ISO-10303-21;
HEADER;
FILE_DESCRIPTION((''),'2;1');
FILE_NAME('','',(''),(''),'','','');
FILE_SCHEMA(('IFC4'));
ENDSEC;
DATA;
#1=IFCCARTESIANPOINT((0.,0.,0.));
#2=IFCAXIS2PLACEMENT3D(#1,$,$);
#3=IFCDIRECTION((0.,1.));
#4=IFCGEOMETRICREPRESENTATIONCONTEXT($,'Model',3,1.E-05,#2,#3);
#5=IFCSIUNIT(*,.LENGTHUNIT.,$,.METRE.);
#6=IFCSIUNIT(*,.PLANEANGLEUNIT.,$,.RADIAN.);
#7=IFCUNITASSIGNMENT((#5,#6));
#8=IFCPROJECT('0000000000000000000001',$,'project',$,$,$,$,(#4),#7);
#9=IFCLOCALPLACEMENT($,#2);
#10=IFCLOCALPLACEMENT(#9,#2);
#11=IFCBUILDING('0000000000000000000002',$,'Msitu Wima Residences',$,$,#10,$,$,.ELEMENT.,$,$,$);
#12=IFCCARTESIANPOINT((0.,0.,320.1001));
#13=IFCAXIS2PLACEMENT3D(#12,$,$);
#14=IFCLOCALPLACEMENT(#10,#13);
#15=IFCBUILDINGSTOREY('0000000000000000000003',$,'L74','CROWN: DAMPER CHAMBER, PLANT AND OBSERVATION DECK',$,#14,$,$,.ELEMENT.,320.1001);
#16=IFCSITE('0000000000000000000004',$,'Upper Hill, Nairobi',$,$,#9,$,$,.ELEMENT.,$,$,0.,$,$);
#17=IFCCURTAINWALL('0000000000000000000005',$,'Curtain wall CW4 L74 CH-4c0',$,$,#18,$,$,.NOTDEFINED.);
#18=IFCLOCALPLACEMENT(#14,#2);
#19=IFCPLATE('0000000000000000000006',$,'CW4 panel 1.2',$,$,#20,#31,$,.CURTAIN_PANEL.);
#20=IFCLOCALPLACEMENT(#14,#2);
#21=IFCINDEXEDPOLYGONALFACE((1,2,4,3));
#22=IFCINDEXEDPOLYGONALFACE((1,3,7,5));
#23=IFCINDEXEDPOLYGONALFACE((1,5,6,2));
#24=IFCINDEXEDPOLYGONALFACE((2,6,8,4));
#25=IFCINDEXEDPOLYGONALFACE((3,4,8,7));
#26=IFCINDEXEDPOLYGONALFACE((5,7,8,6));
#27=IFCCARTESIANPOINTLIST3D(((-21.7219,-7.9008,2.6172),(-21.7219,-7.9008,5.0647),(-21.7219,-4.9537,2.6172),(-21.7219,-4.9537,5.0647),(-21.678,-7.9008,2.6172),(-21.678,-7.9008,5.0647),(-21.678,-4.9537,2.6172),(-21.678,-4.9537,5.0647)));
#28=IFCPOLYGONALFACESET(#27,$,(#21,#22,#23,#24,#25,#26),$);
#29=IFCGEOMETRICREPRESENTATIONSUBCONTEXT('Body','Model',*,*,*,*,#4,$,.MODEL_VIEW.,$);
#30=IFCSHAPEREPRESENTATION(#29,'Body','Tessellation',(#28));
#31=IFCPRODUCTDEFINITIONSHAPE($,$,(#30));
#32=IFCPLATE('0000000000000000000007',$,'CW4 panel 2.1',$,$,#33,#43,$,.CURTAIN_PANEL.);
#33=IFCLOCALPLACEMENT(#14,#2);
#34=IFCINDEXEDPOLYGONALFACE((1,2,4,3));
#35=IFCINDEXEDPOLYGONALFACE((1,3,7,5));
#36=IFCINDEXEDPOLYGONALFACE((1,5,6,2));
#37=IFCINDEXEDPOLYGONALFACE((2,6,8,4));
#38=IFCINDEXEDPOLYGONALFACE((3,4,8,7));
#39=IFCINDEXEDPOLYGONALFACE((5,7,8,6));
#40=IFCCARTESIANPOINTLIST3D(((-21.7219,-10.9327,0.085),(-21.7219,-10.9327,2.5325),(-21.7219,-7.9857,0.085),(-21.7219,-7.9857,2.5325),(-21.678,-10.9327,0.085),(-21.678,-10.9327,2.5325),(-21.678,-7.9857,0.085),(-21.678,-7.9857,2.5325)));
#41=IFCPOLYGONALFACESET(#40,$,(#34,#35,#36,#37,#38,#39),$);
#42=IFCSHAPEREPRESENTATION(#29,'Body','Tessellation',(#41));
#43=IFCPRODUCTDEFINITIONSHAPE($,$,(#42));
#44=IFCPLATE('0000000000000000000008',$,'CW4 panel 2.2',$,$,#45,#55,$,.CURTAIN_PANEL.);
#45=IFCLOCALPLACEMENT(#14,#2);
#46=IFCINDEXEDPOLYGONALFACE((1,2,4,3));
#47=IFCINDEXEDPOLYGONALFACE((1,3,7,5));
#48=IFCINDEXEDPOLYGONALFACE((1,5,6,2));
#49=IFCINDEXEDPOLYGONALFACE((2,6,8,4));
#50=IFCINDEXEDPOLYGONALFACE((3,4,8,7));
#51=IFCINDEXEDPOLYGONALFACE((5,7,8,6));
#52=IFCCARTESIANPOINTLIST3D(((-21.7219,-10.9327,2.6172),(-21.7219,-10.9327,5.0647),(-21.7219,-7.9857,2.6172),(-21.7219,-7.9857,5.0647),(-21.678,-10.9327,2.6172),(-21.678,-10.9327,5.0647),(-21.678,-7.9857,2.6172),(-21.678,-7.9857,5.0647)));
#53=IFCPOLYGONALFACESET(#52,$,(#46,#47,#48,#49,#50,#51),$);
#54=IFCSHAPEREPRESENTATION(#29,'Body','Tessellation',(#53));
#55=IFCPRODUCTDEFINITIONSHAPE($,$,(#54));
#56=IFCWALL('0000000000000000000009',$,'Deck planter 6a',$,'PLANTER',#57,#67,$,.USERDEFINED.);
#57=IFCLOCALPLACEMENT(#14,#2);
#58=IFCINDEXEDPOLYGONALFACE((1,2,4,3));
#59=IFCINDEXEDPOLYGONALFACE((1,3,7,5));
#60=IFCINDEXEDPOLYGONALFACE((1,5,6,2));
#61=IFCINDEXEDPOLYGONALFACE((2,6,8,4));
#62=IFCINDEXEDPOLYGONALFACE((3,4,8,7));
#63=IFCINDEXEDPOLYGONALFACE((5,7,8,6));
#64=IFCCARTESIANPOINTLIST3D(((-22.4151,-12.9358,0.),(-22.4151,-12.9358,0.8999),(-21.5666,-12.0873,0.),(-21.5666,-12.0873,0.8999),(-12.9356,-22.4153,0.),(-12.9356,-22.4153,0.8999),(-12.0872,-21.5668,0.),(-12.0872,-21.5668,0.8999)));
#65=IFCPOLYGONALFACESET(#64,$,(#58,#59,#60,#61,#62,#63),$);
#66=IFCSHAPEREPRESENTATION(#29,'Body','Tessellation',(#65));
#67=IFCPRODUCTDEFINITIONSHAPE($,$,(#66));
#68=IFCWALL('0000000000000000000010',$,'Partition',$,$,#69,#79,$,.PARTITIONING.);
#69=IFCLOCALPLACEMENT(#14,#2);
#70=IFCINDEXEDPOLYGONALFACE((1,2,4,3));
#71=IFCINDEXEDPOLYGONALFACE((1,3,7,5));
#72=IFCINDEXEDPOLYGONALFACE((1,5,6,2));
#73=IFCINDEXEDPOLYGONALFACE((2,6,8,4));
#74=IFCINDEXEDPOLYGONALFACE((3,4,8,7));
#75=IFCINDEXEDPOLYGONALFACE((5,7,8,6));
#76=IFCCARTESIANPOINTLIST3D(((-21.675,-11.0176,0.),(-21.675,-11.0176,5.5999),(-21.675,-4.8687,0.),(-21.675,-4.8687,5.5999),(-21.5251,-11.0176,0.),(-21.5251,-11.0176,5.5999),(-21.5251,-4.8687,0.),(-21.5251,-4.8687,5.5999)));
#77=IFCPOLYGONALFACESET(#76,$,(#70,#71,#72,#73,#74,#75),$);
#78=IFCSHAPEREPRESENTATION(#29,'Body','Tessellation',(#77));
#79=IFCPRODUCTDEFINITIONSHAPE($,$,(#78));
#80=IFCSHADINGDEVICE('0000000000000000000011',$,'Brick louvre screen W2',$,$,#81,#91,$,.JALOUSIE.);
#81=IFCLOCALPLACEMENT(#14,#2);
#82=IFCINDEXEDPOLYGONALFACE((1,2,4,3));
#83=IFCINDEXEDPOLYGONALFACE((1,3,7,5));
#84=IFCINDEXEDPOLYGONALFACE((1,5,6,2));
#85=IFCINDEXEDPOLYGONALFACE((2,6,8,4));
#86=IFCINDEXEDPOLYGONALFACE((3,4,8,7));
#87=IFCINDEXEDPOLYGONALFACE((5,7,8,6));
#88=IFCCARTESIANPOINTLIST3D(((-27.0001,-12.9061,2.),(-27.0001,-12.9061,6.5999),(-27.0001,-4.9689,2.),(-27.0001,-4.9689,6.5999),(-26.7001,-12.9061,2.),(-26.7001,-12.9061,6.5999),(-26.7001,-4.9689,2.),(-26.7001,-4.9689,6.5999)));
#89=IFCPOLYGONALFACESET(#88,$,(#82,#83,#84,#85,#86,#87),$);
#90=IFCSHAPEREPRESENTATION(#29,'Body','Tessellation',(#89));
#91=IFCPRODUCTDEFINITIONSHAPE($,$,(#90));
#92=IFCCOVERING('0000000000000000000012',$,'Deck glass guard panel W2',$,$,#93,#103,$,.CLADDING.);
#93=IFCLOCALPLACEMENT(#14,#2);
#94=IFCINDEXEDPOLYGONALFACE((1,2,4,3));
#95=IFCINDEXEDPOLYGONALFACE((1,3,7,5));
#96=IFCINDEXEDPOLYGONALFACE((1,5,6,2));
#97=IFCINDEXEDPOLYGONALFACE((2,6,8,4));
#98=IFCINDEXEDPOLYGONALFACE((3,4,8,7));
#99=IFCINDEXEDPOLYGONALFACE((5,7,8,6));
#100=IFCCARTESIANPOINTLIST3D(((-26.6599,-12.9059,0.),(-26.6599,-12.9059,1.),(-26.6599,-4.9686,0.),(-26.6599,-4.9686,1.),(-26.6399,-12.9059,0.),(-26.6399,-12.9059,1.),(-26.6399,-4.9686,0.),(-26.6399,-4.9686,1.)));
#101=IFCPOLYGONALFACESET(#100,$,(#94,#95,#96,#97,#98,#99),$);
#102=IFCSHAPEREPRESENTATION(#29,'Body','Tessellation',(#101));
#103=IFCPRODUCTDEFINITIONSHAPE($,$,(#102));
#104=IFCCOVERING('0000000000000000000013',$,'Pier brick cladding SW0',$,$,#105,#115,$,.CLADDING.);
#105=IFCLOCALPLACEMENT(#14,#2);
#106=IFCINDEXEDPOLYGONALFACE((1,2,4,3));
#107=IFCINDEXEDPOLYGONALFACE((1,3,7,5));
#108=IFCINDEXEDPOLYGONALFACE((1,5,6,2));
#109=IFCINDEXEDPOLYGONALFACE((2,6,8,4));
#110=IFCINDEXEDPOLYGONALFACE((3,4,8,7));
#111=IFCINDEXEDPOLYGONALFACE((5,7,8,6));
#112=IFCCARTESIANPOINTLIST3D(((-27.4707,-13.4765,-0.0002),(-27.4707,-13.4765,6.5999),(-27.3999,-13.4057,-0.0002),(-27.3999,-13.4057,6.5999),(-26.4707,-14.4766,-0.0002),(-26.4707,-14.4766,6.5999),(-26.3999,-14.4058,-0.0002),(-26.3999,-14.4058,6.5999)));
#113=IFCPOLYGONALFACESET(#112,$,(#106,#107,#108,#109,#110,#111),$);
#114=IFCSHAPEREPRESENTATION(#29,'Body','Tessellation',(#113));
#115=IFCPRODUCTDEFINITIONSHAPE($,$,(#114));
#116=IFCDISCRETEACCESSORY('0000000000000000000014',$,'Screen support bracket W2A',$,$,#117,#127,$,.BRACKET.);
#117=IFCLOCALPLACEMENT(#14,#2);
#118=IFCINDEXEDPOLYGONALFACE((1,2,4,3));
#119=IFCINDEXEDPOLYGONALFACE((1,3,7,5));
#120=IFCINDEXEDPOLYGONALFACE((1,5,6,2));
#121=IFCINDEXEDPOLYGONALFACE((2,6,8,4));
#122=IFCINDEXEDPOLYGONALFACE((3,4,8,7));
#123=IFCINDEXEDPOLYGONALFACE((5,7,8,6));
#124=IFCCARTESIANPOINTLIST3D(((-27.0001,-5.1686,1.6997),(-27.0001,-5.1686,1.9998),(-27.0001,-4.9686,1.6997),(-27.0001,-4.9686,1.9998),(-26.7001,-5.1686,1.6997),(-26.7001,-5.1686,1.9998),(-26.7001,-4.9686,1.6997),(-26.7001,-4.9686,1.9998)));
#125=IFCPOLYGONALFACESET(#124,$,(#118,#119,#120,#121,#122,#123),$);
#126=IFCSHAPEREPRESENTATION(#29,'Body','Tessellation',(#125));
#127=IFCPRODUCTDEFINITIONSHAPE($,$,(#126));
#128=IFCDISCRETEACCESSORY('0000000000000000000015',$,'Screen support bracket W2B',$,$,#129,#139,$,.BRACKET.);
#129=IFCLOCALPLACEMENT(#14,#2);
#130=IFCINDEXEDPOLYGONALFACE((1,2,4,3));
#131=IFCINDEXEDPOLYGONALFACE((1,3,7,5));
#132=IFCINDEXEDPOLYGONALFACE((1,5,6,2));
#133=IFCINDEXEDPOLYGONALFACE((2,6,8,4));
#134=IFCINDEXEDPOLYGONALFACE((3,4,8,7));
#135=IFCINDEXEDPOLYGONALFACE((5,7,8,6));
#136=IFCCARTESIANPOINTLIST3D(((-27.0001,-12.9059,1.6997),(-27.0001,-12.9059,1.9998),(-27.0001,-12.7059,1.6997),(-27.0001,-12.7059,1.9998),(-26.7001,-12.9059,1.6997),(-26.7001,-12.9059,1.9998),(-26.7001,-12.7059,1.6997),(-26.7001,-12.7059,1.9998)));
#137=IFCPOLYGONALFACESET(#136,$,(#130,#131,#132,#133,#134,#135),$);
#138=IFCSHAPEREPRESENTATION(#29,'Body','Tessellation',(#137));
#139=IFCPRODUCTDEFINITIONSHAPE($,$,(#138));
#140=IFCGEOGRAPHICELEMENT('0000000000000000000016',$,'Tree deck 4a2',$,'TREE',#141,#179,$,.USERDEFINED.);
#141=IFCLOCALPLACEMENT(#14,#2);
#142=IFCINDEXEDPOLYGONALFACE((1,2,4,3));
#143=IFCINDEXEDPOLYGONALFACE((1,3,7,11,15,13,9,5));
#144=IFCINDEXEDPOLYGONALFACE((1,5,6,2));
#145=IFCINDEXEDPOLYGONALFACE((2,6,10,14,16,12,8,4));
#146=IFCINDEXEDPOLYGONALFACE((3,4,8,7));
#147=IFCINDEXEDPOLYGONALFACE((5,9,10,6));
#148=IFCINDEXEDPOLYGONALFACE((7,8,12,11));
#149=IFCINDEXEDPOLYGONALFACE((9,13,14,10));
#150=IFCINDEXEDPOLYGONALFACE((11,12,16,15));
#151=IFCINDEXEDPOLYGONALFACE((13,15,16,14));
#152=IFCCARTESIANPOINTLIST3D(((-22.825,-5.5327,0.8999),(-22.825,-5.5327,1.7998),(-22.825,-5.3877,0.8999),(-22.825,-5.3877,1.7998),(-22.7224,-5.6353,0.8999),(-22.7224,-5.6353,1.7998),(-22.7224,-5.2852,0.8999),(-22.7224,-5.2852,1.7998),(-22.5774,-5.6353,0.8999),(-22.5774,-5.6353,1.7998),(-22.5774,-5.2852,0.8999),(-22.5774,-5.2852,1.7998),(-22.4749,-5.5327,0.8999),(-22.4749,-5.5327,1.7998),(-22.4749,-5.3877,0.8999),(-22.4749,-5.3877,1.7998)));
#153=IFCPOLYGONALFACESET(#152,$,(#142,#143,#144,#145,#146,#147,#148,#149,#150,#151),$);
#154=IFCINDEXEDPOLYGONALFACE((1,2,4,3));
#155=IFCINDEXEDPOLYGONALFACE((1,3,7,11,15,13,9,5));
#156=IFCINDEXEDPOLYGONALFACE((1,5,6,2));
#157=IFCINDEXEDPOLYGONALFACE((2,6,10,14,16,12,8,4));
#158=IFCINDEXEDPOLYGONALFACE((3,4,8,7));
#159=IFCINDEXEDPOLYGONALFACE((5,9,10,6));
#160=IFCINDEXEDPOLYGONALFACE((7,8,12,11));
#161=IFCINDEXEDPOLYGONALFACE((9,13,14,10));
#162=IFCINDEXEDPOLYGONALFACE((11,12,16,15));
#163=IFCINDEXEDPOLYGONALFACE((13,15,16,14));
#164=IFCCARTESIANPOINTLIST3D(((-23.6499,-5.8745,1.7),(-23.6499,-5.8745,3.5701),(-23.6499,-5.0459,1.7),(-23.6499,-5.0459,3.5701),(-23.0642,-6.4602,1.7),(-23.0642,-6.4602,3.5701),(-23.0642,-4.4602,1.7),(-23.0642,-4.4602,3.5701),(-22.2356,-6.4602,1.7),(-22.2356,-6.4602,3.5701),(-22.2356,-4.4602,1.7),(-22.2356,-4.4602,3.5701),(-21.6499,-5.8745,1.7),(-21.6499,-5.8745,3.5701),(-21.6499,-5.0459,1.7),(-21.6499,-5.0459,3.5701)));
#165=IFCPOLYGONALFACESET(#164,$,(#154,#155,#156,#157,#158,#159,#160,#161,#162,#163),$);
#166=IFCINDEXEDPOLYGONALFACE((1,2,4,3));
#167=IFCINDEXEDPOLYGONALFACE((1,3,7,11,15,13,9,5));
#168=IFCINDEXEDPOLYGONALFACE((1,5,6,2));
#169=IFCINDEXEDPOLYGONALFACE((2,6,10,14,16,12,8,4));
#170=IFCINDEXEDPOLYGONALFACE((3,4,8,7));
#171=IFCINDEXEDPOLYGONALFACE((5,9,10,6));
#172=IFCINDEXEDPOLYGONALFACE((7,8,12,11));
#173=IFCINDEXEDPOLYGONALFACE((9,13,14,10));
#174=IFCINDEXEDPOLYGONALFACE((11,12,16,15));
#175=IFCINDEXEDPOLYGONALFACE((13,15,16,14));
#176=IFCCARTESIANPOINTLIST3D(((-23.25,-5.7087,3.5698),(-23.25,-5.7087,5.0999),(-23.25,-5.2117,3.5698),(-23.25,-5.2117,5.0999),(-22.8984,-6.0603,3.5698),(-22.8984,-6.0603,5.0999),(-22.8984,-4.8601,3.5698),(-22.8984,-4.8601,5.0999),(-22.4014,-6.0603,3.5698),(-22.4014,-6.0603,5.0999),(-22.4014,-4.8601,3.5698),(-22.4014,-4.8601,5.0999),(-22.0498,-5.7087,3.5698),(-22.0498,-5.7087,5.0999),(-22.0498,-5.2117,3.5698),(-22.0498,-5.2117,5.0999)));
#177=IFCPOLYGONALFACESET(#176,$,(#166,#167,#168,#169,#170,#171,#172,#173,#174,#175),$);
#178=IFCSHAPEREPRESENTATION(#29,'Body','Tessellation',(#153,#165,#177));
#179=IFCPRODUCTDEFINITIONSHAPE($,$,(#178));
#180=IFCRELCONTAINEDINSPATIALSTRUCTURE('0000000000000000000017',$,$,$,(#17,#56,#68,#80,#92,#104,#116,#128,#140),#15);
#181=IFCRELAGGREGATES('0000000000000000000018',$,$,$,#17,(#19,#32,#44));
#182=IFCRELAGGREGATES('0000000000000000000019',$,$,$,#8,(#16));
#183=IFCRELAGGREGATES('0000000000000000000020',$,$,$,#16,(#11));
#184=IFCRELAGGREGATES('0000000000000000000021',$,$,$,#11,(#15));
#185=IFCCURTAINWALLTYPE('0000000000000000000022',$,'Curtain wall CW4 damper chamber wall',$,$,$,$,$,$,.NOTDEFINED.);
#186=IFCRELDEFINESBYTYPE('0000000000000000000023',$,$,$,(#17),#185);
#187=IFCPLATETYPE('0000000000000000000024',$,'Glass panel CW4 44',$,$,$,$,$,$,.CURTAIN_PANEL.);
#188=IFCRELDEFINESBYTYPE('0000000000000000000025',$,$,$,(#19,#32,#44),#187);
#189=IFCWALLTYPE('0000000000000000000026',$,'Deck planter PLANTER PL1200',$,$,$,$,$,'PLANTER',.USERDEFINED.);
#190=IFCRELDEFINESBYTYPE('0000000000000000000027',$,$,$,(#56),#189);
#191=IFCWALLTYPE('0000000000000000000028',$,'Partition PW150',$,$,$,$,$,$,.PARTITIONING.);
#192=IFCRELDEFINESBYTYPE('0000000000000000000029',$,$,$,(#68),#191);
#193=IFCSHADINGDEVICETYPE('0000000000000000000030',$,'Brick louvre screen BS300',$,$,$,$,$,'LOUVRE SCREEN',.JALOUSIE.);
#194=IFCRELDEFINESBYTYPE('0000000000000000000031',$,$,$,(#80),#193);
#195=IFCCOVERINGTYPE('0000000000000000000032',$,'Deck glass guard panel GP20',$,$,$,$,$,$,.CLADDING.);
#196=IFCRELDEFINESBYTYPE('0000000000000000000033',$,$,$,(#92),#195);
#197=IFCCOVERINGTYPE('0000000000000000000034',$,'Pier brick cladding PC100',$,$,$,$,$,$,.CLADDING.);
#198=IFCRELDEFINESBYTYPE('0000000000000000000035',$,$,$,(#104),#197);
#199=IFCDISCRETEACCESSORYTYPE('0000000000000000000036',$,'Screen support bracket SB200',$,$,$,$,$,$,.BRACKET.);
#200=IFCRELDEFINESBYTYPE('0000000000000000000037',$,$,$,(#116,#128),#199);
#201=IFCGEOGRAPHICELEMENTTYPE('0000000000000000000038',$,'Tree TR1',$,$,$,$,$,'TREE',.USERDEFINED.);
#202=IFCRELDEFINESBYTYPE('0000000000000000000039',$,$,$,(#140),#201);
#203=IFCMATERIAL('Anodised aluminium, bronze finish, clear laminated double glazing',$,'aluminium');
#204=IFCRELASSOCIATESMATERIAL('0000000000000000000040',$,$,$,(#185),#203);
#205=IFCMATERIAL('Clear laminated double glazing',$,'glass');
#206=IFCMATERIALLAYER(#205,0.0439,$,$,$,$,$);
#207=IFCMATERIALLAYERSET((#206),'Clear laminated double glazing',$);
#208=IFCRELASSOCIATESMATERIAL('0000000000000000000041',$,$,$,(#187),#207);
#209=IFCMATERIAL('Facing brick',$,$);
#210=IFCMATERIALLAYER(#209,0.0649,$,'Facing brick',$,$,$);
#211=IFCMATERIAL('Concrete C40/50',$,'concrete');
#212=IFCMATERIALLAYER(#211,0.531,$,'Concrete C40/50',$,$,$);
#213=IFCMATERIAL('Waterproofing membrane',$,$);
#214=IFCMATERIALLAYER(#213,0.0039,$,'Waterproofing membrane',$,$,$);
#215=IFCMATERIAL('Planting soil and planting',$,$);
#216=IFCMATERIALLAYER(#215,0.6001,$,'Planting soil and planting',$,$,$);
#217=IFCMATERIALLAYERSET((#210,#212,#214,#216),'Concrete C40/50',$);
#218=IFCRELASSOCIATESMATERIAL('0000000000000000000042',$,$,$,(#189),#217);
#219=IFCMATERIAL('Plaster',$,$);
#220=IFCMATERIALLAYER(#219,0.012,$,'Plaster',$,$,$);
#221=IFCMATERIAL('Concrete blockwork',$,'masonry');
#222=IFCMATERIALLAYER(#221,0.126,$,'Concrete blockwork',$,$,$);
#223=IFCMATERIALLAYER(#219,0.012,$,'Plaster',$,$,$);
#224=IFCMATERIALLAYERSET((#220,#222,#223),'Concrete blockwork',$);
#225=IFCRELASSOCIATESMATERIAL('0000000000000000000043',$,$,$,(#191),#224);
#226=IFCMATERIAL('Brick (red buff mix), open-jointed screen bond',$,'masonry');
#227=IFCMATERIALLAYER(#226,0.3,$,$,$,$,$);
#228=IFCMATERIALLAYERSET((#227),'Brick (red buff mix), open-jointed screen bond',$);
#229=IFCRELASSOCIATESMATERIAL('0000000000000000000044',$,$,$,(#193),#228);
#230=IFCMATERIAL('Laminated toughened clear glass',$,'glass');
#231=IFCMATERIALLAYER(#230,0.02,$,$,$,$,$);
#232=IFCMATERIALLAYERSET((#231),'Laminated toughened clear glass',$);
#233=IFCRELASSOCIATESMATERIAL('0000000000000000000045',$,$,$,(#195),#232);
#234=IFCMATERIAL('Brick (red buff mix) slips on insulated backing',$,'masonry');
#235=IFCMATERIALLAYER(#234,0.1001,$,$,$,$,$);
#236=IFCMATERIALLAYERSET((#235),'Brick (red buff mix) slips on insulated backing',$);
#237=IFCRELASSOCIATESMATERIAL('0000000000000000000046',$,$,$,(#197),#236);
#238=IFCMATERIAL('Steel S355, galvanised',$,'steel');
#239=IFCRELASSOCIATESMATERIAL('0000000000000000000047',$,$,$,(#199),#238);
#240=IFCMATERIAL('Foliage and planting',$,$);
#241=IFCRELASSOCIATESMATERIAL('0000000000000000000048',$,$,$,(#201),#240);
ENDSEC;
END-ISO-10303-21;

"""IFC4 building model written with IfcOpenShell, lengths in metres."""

from ifc_helpers import new_model, si_unit, direction, frame, frame_2d, origin, origin_2d, place, context, subcontext, project, spatial, polyline, rectangle, outline, extrude, material, layer, layer_set, type_object, element, aggregate, save


model = new_model("IFC4")

# Units and contexts
model_context = context("Model", 3, precision=1e-05, world=origin(), true_north=direction((0.0, 1.0)))
body_context = subcontext(model_context, "Body", "Model", "MODEL_VIEW")
ifc_project = project(units=[si_unit("LENGTHUNIT", "METRE"), si_unit("PLANEANGLEUNIT", "RADIAN")], contexts=[model_context])

# Site, building, storey
site_placement = place(None, origin())
site = spatial("IfcSite", under=ifc_project, at=site_placement, Name="Upper Hill, Nairobi", CompositionType="ELEMENT", RefElevation=0.0)
building_placement = place(site_placement, origin())
building = spatial("IfcBuilding", under=site, at=building_placement, Name="Msitu Wima Residences", CompositionType="ELEMENT")
storey_placement = place(building_placement, frame((0.0, 0.0, 320.1001)))
storey = spatial("IfcBuildingStorey", under=building, at=storey_placement, Name="L74", Description="CROWN: DAMPER CHAMBER, PLANT AND OBSERVATION DECK", CompositionType="ELEMENT", Elevation=320.1001)

# Curtain wall, plates
ifc_material_1 = material(Name="Anodised aluminium, bronze finish, clear laminated double glazing", Category="aluminium")
curtain_wall_type = type_object("IfcCurtainWallType", Name="Curtain wall CW4 damper chamber wall", PredefinedType="NOTDEFINED", material=ifc_material_1)
curtain_wall_placement = place(storey_placement, origin())
curtain_wall = element("IfcCurtainWall", 1, at=curtain_wall_placement, inside=storey, type_object=curtain_wall_type, Name="Curtain wall CW4 L74 CH-4c0", PredefinedType="NOTDEFINED")
ifc_material_2 = material(Name="Clear laminated double glazing", Category="glass")
ifc_layer_1 = layer(ifc_material_2, 0.0439)
ifc_layer_set_1 = layer_set([ifc_layer_1], Name="Clear laminated double glazing")
plate_type = type_object("IfcPlateType", Name="Glass panel CW4 44", PredefinedType="CURTAIN_PANEL", material=ifc_layer_set_1)
plate_1_placement = place(storey_placement, frame((-21.7, -6.4272, 2.6172), z_axis=(0.0, 0.0, 1.0), x_axis=(0.0, -1.0, 0.0)))
plate_1 = element("IfcPlate", 2, at=plate_1_placement, type_object=plate_type, Name="CW4 panel 1.2", PredefinedType="CURTAIN_PANEL", context=body_context, shape_type="SweptSolid", body=[
    extrude(rectangle(XDim=2.947, YDim=0.0439, at=origin_2d()), origin(), (0.0, 0.0, 1.0), 2.4475),
])
plate_2_placement = place(storey_placement, frame((-21.7, -9.4592, 0.085), z_axis=(0.0, 0.0, 1.0), x_axis=(0.0, -1.0, 0.0)))
plate_2 = element("IfcPlate", 3, at=plate_2_placement, type_object=plate_type, Name="CW4 panel 2.1", PredefinedType="CURTAIN_PANEL", context=body_context, shape_type="SweptSolid", body=[
    extrude(rectangle(XDim=2.947, YDim=0.0439, at=origin_2d()), origin(), (0.0, 0.0, 1.0), 2.4475),
])
plate_3_placement = place(storey_placement, frame((-21.7, -9.4592, 2.6172), z_axis=(0.0, 0.0, 1.0), x_axis=(0.0, -1.0, 0.0)))
plate_3 = element("IfcPlate", 4, at=plate_3_placement, type_object=plate_type, Name="CW4 panel 2.2", PredefinedType="CURTAIN_PANEL", context=body_context, shape_type="SweptSolid", body=[
    extrude(rectangle(XDim=2.947, YDim=0.0439, at=origin_2d()), origin(), (0.0, 0.0, 1.0), 2.4475),
])
aggregate(curtain_wall, [plate_1, plate_2, plate_3])

# Walls
ifc_material_3 = material(Name="Facing brick")
ifc_layer_2 = layer(ifc_material_3, 0.0649, Name="Facing brick")
ifc_material_4 = material(Name="Concrete C40/50", Category="concrete")
ifc_layer_3 = layer(ifc_material_4, 0.531, Name="Concrete C40/50")
ifc_material_5 = material(Name="Waterproofing membrane")
ifc_layer_4 = layer(ifc_material_5, 0.0039, Name="Waterproofing membrane")
ifc_material_6 = material(Name="Planting soil and planting")
ifc_layer_5 = layer(ifc_material_6, 0.6001, Name="Planting soil and planting")
ifc_layer_set_2 = layer_set([ifc_layer_2, ifc_layer_3, ifc_layer_4, ifc_layer_5], Name="Concrete C40/50")
wall_type_1 = type_object("IfcWallType", Name="Deck planter PLANTER PL1200", ElementType="PLANTER", PredefinedType="USERDEFINED", material=ifc_layer_set_2)
wall_1_placement = place(storey_placement, frame((-21.991, -12.5115, 0.0), z_axis=(0.0, 0.0, 1.0), x_axis=(0.707107, -0.707107, 0.0)))
element("IfcWall", 5, at=wall_1_placement, inside=storey, type_object=wall_type_1, Name="Deck planter 6a", ObjectType="PLANTER", PredefinedType="USERDEFINED", context=body_context, shape_type="SweptSolid", body=[
    extrude(rectangle(XDim=13.406, YDim=1.2, at=frame_2d((6.7031, 0.0))), origin(), (0.0, 0.0, 1.0), 0.8999),
])
ifc_material_7 = material(Name="Plaster")
ifc_layer_6 = layer(ifc_material_7, 0.012, Name="Plaster")
ifc_material_8 = material(Name="Concrete blockwork", Category="masonry")
ifc_layer_7 = layer(ifc_material_8, 0.126, Name="Concrete blockwork")
ifc_layer_8 = layer(ifc_material_7, 0.012, Name="Plaster")
ifc_layer_set_3 = layer_set([ifc_layer_6, ifc_layer_7, ifc_layer_8], Name="Concrete blockwork")
wall_type_2 = type_object("IfcWallType", Name="Partition PW150", PredefinedType="PARTITIONING", material=ifc_layer_set_3)
wall_2_placement = place(storey_placement, frame((-21.6001, -11.0176, 0.0), z_axis=(0.0, 0.0, 1.0), x_axis=(0.0, 1.0, 0.0)))
element("IfcWall", 6, at=wall_2_placement, inside=storey, type_object=wall_type_2, Name="Partition", PredefinedType="PARTITIONING", context=body_context, shape_type="SweptSolid", body=[
    extrude(rectangle(XDim=6.1489, YDim=0.1499, at=frame_2d((3.0745, 0.0))), origin(), (0.0, 0.0, 1.0), 5.5999),
])

# Shading device
ifc_material_9 = material(Name="Brick (red buff mix), open-jointed screen bond", Category="masonry")
ifc_layer_9 = layer(ifc_material_9, 0.3)
ifc_layer_set_4 = layer_set([ifc_layer_9], Name="Brick (red buff mix), open-jointed screen bond")
shading_device_type = type_object("IfcShadingDeviceType", Name="Brick louvre screen BS300", ElementType="LOUVRE SCREEN", PredefinedType="JALOUSIE", material=ifc_layer_set_4)
shading_device_placement = place(storey_placement, frame((-26.8501, -4.9688, 2.0), z_axis=(0.0, 0.0, 1.0), x_axis=(0.0, -1.0, 0.0)))
element("IfcShadingDevice", 7, at=shading_device_placement, inside=storey, type_object=shading_device_type, Name="Brick louvre screen W2", PredefinedType="JALOUSIE", context=body_context, shape_type="SweptSolid", body=[
    extrude(rectangle(XDim=7.9373, YDim=0.3, at=frame_2d((3.9688, 0.0))), origin(), (0.0, 0.0, 1.0), 4.5999),
])

# Coverings
ifc_material_10 = material(Name="Laminated toughened clear glass", Category="glass")
ifc_layer_10 = layer(ifc_material_10, 0.02)
ifc_layer_set_5 = layer_set([ifc_layer_10], Name="Laminated toughened clear glass")
covering_type_1 = type_object("IfcCoveringType", Name="Deck glass guard panel GP20", PredefinedType="CLADDING", material=ifc_layer_set_5)
covering_1_placement = place(storey_placement, frame((-26.6499, -8.9373, 0.0), z_axis=(0.0, 0.0, 1.0), x_axis=(0.0, -1.0, 0.0)))
element("IfcCovering", 8, at=covering_1_placement, inside=storey, type_object=covering_type_1, Name="Deck glass guard panel W2", PredefinedType="CLADDING", context=body_context, shape_type="SweptSolid", body=[
    extrude(rectangle(XDim=7.9373, YDim=0.02, at=origin_2d()), origin(), (0.0, 0.0, 1.0), 1.0),
])
ifc_material_11 = material(Name="Brick (red buff mix) slips on insulated backing", Category="masonry")
ifc_layer_11 = layer(ifc_material_11, 0.1001)
ifc_layer_set_6 = layer_set([ifc_layer_11], Name="Brick (red buff mix) slips on insulated backing")
covering_type_2 = type_object("IfcCoveringType", Name="Pier brick cladding PC100", PredefinedType="CLADDING", material=ifc_layer_set_6)
covering_2_placement = place(storey_placement, frame((-26.9353, -13.9412, -0.0002), z_axis=(0.0, 0.0, 1.0), x_axis=(0.707107, -0.707107, 0.0)))
element("IfcCovering", 9, at=covering_2_placement, inside=storey, type_object=covering_type_2, Name="Pier brick cladding SW0", PredefinedType="CLADDING", context=body_context, shape_type="SweptSolid", body=[
    extrude(rectangle(XDim=1.4143, YDim=0.1001, at=origin_2d()), origin(), (0.0, 0.0, 1.0), 6.6001),
])

# Discrete accessories
ifc_material_12 = material(Name="Steel S355, galvanised", Category="steel")
discrete_accessory_type = type_object("IfcDiscreteAccessoryType", Name="Screen support bracket SB200", PredefinedType="BRACKET", material=ifc_material_12)
for number, where, z_axis, x_axis, name in (
    (10, (-26.8501, -5.0686, 1.6997), (0.0, 0.0, 1.0), (0.0, -1.0, 0.0), "Screen support bracket W2A"),
    (11, (-26.8501, -12.8059, 1.6997), (0.0, 0.0, 1.0), (0.0, -1.0, 0.0), "Screen support bracket W2B"),
):
    element("IfcDiscreteAccessory", number, at=place(storey_placement, frame(where, z_axis=z_axis, x_axis=x_axis)), inside=storey, type_object=discrete_accessory_type, Name=name, PredefinedType="BRACKET", context=body_context, shape_type="SweptSolid", body=[
        extrude(rectangle(XDim=0.2, YDim=0.3, at=origin_2d()), origin(), (0.0, 0.0, 1.0), 0.3),
    ])

# Geographic element
ifc_material_13 = material(Name="Foliage and planting")
geographic_element_type = type_object("IfcGeographicElementType", Name="Tree TR1", ElementType="TREE", PredefinedType="USERDEFINED", material=ifc_material_13)
geographic_element_placement = place(storey_placement, frame((-22.6499, -5.4602, 0.8999), z_axis=(0.0, 0.0, 1.0), x_axis=(1.0, 0.0, 0.0)))
element("IfcGeographicElement", 12, at=geographic_element_placement, inside=storey, type_object=geographic_element_type, Name="Tree deck 4a2", ObjectType="TREE", PredefinedType="USERDEFINED", context=body_context, shape_type="SweptSolid", body=[
    extrude(outline(polyline([(0.175, 0.0725), (0.0725, 0.175), (-0.0725, 0.175), (-0.175, 0.0725), (-0.175, -0.0725), (-0.0725, -0.175), (0.0725, -0.175), (0.175, -0.0725), (0.175, 0.0725)])), origin(), (0.0, 0.0, 1.0), 0.8999),
    extrude(outline(polyline([(1.0, 0.4143), (0.4143, 1.0), (-0.4143, 1.0), (-1.0, 0.4143), (-1.0, -0.4143), (-0.4143, -1.0), (0.4143, -1.0), (1.0, -0.4143), (1.0, 0.4143)])), frame((0.0, 0.0, 0.8)), (0.0, 0.0, 1.0), 1.8701),
    extrude(outline(polyline([(0.6001, 0.2485), (0.2485, 0.6001), (-0.2485, 0.6001), (-0.6001, 0.2485), (-0.6001, -0.2485), (-0.2485, -0.6001), (0.2485, -0.6001), (0.6001, -0.2485), (0.6001, 0.2485)])), frame((0.0, 0.0, 2.6699)), (0.0, 0.0, 1.0), 1.53),
])

save(model, "model.ifc")
